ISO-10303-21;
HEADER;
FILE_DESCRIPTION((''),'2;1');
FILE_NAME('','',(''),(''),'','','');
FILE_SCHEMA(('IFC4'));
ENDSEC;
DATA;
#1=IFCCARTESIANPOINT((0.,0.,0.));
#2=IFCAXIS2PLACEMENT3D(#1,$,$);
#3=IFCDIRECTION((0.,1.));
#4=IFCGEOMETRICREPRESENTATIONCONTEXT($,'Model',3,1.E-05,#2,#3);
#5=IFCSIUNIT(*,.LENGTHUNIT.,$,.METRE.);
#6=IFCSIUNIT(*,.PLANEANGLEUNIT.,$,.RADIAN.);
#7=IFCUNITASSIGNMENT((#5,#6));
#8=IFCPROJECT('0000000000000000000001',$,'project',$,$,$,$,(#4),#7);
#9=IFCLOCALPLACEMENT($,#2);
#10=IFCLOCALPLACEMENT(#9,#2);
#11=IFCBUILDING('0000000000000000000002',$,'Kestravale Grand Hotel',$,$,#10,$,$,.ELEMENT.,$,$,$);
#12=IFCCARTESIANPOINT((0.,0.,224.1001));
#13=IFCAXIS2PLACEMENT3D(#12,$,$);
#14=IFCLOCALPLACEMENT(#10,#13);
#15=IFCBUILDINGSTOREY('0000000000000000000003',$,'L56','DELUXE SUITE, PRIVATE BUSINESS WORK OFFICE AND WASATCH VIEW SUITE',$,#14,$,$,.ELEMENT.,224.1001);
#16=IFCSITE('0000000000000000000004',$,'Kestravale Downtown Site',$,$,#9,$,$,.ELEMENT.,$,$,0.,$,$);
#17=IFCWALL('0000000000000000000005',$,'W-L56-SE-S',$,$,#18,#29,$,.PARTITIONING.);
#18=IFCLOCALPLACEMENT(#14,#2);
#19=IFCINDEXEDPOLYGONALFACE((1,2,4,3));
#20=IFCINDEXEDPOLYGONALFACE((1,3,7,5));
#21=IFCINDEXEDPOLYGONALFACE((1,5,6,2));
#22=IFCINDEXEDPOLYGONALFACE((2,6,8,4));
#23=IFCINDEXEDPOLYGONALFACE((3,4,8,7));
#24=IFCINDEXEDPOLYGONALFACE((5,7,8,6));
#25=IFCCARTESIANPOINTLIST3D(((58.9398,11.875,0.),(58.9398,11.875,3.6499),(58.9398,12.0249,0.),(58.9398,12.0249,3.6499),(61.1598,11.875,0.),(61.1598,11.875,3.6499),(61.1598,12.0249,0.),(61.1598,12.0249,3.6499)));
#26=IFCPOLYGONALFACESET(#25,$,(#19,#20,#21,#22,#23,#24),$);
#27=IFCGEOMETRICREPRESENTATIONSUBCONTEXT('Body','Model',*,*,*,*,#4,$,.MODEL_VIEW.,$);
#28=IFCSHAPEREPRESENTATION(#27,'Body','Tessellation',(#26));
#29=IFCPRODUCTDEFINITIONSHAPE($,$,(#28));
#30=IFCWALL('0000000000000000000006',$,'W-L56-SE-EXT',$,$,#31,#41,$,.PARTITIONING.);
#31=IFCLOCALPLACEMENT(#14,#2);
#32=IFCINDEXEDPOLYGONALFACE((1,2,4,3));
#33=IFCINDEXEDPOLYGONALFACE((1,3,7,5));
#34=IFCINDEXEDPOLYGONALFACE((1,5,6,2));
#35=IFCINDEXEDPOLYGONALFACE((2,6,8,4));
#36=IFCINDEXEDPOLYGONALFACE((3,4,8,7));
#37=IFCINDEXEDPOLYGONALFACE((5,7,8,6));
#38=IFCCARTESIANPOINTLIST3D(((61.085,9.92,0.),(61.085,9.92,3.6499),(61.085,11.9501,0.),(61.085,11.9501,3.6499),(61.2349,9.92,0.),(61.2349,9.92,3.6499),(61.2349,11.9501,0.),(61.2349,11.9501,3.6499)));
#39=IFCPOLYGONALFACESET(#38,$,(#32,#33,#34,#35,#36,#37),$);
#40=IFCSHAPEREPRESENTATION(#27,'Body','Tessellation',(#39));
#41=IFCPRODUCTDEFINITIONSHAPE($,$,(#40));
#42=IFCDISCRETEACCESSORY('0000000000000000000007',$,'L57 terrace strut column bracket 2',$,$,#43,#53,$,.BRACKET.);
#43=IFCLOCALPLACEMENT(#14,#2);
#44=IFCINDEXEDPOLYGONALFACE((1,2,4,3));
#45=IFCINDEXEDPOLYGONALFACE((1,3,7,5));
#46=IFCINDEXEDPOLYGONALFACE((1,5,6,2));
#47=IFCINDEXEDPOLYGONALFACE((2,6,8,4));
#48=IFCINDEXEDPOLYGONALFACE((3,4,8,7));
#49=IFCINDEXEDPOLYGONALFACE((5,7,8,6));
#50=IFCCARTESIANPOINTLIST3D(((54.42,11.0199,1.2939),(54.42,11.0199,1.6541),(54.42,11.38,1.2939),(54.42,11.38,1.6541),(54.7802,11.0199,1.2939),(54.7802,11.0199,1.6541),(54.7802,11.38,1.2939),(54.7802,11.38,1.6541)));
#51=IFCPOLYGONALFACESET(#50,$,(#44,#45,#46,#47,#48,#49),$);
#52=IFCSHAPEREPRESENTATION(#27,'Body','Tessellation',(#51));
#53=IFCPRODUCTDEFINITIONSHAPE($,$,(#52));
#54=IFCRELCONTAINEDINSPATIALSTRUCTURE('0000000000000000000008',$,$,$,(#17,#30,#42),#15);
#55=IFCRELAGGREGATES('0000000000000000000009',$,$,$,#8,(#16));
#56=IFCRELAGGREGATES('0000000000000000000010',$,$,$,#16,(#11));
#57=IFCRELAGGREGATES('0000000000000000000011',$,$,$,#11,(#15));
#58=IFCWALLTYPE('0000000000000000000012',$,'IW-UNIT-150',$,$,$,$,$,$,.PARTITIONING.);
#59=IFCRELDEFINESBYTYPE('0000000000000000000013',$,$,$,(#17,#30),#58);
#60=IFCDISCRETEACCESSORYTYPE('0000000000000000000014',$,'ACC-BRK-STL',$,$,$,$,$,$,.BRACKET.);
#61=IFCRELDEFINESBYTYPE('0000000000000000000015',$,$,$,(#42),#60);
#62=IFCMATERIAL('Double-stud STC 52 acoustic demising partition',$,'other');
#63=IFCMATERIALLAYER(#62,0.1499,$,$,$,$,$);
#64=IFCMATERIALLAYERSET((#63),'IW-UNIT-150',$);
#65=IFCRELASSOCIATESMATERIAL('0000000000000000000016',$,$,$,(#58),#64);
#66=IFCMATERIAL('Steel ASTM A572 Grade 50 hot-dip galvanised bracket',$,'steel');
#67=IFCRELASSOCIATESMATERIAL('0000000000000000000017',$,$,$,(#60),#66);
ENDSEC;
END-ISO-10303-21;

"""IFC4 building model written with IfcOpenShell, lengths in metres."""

from ifc_helpers import new_model, si_unit, direction, frame, frame_2d, origin, origin_2d, place, context, subcontext, project, spatial, rectangle, extrude, material, layer, layer_set, type_object, element, save


model = new_model("IFC4")

# Units and contexts
model_context = context("Model", 3, precision=1e-05, world=origin(), true_north=direction((0.0, 1.0)))
body_context = subcontext(model_context, "Body", "Model", "MODEL_VIEW")
ifc_project = project(units=[si_unit("LENGTHUNIT", "METRE"), si_unit("PLANEANGLEUNIT", "RADIAN")], contexts=[model_context])

# Site, building, storey
site_placement = place(None, origin())
site = spatial("IfcSite", under=ifc_project, at=site_placement, Name="Kestravale Downtown Site", CompositionType="ELEMENT", RefElevation=0.0)
building_placement = place(site_placement, origin())
building = spatial("IfcBuilding", under=site, at=building_placement, Name="Kestravale Grand Hotel", CompositionType="ELEMENT")
storey_placement = place(building_placement, frame((0.0, 0.0, 224.1001)))
storey = spatial("IfcBuildingStorey", under=building, at=storey_placement, Name="L56", Description="DELUXE SUITE, PRIVATE BUSINESS WORK OFFICE AND WASATCH VIEW SUITE", CompositionType="ELEMENT", Elevation=224.1001)

# Walls
ifc_material_1 = material(Name="Double-stud STC 52 acoustic demising partition", Category="other")
ifc_layer_1 = layer(ifc_material_1, 0.1499)
ifc_layer_set_1 = layer_set([ifc_layer_1], Name="IW-UNIT-150")
wall_type_1 = type_object("IfcWallType", Name="IW-UNIT-150", PredefinedType="PARTITIONING", material=ifc_layer_set_1)
wall_1_placement = place(storey_placement, frame((58.9399, 11.95, 0.0), z_axis=(0.0, 0.0, 1.0), x_axis=(1.0, 0.0, 0.0)))
element("IfcWall", 1, at=wall_1_placement, inside=storey, type_object=wall_type_1, Name="W-L56-SE-S", PredefinedType="PARTITIONING", context=body_context, shape_type="SweptSolid", body=[
    extrude(rectangle(XDim=2.22, YDim=0.1499, at=frame_2d((1.1099, 0.0))), origin(), (0.0, 0.0, 1.0), 3.6499),
])
wall_2_placement = place(storey_placement, frame((61.1599, 9.9199, 0.0), z_axis=(0.0, 0.0, 1.0), x_axis=(0.0, 1.0, 0.0)))
element("IfcWall", 2, at=wall_2_placement, inside=storey, type_object=wall_type_1, Name="W-L56-SE-EXT", PredefinedType="PARTITIONING", context=body_context, shape_type="SweptSolid", body=[
    extrude(rectangle(XDim=2.03, YDim=0.1499, at=frame_2d((1.0151, 0.0))), origin(), (0.0, 0.0, 1.0), 3.6499),
])

# Discrete accessory
ifc_material_2 = material(Name="Steel ASTM A572 Grade 50 hot-dip galvanised bracket", Category="steel")
discrete_accessory_type = type_object("IfcDiscreteAccessoryType", Name="ACC-BRK-STL", PredefinedType="BRACKET", material=ifc_material_2)
discrete_accessory_placement = place(storey_placement, frame((54.6001, 11.2, 1.2939), z_axis=(0.0, 0.0, 1.0), x_axis=(1.0, 0.0, 0.0)))
element("IfcDiscreteAccessory", 3, at=discrete_accessory_placement, inside=storey, type_object=discrete_accessory_type, Name="L57 terrace strut column bracket 2", PredefinedType="BRACKET", context=body_context, shape_type="SweptSolid", body=[
    extrude(rectangle(XDim=0.3601, YDim=0.3601, at=origin_2d()), origin(), (0.0, 0.0, 1.0), 0.3601),
])

save(model, "model.ifc")
